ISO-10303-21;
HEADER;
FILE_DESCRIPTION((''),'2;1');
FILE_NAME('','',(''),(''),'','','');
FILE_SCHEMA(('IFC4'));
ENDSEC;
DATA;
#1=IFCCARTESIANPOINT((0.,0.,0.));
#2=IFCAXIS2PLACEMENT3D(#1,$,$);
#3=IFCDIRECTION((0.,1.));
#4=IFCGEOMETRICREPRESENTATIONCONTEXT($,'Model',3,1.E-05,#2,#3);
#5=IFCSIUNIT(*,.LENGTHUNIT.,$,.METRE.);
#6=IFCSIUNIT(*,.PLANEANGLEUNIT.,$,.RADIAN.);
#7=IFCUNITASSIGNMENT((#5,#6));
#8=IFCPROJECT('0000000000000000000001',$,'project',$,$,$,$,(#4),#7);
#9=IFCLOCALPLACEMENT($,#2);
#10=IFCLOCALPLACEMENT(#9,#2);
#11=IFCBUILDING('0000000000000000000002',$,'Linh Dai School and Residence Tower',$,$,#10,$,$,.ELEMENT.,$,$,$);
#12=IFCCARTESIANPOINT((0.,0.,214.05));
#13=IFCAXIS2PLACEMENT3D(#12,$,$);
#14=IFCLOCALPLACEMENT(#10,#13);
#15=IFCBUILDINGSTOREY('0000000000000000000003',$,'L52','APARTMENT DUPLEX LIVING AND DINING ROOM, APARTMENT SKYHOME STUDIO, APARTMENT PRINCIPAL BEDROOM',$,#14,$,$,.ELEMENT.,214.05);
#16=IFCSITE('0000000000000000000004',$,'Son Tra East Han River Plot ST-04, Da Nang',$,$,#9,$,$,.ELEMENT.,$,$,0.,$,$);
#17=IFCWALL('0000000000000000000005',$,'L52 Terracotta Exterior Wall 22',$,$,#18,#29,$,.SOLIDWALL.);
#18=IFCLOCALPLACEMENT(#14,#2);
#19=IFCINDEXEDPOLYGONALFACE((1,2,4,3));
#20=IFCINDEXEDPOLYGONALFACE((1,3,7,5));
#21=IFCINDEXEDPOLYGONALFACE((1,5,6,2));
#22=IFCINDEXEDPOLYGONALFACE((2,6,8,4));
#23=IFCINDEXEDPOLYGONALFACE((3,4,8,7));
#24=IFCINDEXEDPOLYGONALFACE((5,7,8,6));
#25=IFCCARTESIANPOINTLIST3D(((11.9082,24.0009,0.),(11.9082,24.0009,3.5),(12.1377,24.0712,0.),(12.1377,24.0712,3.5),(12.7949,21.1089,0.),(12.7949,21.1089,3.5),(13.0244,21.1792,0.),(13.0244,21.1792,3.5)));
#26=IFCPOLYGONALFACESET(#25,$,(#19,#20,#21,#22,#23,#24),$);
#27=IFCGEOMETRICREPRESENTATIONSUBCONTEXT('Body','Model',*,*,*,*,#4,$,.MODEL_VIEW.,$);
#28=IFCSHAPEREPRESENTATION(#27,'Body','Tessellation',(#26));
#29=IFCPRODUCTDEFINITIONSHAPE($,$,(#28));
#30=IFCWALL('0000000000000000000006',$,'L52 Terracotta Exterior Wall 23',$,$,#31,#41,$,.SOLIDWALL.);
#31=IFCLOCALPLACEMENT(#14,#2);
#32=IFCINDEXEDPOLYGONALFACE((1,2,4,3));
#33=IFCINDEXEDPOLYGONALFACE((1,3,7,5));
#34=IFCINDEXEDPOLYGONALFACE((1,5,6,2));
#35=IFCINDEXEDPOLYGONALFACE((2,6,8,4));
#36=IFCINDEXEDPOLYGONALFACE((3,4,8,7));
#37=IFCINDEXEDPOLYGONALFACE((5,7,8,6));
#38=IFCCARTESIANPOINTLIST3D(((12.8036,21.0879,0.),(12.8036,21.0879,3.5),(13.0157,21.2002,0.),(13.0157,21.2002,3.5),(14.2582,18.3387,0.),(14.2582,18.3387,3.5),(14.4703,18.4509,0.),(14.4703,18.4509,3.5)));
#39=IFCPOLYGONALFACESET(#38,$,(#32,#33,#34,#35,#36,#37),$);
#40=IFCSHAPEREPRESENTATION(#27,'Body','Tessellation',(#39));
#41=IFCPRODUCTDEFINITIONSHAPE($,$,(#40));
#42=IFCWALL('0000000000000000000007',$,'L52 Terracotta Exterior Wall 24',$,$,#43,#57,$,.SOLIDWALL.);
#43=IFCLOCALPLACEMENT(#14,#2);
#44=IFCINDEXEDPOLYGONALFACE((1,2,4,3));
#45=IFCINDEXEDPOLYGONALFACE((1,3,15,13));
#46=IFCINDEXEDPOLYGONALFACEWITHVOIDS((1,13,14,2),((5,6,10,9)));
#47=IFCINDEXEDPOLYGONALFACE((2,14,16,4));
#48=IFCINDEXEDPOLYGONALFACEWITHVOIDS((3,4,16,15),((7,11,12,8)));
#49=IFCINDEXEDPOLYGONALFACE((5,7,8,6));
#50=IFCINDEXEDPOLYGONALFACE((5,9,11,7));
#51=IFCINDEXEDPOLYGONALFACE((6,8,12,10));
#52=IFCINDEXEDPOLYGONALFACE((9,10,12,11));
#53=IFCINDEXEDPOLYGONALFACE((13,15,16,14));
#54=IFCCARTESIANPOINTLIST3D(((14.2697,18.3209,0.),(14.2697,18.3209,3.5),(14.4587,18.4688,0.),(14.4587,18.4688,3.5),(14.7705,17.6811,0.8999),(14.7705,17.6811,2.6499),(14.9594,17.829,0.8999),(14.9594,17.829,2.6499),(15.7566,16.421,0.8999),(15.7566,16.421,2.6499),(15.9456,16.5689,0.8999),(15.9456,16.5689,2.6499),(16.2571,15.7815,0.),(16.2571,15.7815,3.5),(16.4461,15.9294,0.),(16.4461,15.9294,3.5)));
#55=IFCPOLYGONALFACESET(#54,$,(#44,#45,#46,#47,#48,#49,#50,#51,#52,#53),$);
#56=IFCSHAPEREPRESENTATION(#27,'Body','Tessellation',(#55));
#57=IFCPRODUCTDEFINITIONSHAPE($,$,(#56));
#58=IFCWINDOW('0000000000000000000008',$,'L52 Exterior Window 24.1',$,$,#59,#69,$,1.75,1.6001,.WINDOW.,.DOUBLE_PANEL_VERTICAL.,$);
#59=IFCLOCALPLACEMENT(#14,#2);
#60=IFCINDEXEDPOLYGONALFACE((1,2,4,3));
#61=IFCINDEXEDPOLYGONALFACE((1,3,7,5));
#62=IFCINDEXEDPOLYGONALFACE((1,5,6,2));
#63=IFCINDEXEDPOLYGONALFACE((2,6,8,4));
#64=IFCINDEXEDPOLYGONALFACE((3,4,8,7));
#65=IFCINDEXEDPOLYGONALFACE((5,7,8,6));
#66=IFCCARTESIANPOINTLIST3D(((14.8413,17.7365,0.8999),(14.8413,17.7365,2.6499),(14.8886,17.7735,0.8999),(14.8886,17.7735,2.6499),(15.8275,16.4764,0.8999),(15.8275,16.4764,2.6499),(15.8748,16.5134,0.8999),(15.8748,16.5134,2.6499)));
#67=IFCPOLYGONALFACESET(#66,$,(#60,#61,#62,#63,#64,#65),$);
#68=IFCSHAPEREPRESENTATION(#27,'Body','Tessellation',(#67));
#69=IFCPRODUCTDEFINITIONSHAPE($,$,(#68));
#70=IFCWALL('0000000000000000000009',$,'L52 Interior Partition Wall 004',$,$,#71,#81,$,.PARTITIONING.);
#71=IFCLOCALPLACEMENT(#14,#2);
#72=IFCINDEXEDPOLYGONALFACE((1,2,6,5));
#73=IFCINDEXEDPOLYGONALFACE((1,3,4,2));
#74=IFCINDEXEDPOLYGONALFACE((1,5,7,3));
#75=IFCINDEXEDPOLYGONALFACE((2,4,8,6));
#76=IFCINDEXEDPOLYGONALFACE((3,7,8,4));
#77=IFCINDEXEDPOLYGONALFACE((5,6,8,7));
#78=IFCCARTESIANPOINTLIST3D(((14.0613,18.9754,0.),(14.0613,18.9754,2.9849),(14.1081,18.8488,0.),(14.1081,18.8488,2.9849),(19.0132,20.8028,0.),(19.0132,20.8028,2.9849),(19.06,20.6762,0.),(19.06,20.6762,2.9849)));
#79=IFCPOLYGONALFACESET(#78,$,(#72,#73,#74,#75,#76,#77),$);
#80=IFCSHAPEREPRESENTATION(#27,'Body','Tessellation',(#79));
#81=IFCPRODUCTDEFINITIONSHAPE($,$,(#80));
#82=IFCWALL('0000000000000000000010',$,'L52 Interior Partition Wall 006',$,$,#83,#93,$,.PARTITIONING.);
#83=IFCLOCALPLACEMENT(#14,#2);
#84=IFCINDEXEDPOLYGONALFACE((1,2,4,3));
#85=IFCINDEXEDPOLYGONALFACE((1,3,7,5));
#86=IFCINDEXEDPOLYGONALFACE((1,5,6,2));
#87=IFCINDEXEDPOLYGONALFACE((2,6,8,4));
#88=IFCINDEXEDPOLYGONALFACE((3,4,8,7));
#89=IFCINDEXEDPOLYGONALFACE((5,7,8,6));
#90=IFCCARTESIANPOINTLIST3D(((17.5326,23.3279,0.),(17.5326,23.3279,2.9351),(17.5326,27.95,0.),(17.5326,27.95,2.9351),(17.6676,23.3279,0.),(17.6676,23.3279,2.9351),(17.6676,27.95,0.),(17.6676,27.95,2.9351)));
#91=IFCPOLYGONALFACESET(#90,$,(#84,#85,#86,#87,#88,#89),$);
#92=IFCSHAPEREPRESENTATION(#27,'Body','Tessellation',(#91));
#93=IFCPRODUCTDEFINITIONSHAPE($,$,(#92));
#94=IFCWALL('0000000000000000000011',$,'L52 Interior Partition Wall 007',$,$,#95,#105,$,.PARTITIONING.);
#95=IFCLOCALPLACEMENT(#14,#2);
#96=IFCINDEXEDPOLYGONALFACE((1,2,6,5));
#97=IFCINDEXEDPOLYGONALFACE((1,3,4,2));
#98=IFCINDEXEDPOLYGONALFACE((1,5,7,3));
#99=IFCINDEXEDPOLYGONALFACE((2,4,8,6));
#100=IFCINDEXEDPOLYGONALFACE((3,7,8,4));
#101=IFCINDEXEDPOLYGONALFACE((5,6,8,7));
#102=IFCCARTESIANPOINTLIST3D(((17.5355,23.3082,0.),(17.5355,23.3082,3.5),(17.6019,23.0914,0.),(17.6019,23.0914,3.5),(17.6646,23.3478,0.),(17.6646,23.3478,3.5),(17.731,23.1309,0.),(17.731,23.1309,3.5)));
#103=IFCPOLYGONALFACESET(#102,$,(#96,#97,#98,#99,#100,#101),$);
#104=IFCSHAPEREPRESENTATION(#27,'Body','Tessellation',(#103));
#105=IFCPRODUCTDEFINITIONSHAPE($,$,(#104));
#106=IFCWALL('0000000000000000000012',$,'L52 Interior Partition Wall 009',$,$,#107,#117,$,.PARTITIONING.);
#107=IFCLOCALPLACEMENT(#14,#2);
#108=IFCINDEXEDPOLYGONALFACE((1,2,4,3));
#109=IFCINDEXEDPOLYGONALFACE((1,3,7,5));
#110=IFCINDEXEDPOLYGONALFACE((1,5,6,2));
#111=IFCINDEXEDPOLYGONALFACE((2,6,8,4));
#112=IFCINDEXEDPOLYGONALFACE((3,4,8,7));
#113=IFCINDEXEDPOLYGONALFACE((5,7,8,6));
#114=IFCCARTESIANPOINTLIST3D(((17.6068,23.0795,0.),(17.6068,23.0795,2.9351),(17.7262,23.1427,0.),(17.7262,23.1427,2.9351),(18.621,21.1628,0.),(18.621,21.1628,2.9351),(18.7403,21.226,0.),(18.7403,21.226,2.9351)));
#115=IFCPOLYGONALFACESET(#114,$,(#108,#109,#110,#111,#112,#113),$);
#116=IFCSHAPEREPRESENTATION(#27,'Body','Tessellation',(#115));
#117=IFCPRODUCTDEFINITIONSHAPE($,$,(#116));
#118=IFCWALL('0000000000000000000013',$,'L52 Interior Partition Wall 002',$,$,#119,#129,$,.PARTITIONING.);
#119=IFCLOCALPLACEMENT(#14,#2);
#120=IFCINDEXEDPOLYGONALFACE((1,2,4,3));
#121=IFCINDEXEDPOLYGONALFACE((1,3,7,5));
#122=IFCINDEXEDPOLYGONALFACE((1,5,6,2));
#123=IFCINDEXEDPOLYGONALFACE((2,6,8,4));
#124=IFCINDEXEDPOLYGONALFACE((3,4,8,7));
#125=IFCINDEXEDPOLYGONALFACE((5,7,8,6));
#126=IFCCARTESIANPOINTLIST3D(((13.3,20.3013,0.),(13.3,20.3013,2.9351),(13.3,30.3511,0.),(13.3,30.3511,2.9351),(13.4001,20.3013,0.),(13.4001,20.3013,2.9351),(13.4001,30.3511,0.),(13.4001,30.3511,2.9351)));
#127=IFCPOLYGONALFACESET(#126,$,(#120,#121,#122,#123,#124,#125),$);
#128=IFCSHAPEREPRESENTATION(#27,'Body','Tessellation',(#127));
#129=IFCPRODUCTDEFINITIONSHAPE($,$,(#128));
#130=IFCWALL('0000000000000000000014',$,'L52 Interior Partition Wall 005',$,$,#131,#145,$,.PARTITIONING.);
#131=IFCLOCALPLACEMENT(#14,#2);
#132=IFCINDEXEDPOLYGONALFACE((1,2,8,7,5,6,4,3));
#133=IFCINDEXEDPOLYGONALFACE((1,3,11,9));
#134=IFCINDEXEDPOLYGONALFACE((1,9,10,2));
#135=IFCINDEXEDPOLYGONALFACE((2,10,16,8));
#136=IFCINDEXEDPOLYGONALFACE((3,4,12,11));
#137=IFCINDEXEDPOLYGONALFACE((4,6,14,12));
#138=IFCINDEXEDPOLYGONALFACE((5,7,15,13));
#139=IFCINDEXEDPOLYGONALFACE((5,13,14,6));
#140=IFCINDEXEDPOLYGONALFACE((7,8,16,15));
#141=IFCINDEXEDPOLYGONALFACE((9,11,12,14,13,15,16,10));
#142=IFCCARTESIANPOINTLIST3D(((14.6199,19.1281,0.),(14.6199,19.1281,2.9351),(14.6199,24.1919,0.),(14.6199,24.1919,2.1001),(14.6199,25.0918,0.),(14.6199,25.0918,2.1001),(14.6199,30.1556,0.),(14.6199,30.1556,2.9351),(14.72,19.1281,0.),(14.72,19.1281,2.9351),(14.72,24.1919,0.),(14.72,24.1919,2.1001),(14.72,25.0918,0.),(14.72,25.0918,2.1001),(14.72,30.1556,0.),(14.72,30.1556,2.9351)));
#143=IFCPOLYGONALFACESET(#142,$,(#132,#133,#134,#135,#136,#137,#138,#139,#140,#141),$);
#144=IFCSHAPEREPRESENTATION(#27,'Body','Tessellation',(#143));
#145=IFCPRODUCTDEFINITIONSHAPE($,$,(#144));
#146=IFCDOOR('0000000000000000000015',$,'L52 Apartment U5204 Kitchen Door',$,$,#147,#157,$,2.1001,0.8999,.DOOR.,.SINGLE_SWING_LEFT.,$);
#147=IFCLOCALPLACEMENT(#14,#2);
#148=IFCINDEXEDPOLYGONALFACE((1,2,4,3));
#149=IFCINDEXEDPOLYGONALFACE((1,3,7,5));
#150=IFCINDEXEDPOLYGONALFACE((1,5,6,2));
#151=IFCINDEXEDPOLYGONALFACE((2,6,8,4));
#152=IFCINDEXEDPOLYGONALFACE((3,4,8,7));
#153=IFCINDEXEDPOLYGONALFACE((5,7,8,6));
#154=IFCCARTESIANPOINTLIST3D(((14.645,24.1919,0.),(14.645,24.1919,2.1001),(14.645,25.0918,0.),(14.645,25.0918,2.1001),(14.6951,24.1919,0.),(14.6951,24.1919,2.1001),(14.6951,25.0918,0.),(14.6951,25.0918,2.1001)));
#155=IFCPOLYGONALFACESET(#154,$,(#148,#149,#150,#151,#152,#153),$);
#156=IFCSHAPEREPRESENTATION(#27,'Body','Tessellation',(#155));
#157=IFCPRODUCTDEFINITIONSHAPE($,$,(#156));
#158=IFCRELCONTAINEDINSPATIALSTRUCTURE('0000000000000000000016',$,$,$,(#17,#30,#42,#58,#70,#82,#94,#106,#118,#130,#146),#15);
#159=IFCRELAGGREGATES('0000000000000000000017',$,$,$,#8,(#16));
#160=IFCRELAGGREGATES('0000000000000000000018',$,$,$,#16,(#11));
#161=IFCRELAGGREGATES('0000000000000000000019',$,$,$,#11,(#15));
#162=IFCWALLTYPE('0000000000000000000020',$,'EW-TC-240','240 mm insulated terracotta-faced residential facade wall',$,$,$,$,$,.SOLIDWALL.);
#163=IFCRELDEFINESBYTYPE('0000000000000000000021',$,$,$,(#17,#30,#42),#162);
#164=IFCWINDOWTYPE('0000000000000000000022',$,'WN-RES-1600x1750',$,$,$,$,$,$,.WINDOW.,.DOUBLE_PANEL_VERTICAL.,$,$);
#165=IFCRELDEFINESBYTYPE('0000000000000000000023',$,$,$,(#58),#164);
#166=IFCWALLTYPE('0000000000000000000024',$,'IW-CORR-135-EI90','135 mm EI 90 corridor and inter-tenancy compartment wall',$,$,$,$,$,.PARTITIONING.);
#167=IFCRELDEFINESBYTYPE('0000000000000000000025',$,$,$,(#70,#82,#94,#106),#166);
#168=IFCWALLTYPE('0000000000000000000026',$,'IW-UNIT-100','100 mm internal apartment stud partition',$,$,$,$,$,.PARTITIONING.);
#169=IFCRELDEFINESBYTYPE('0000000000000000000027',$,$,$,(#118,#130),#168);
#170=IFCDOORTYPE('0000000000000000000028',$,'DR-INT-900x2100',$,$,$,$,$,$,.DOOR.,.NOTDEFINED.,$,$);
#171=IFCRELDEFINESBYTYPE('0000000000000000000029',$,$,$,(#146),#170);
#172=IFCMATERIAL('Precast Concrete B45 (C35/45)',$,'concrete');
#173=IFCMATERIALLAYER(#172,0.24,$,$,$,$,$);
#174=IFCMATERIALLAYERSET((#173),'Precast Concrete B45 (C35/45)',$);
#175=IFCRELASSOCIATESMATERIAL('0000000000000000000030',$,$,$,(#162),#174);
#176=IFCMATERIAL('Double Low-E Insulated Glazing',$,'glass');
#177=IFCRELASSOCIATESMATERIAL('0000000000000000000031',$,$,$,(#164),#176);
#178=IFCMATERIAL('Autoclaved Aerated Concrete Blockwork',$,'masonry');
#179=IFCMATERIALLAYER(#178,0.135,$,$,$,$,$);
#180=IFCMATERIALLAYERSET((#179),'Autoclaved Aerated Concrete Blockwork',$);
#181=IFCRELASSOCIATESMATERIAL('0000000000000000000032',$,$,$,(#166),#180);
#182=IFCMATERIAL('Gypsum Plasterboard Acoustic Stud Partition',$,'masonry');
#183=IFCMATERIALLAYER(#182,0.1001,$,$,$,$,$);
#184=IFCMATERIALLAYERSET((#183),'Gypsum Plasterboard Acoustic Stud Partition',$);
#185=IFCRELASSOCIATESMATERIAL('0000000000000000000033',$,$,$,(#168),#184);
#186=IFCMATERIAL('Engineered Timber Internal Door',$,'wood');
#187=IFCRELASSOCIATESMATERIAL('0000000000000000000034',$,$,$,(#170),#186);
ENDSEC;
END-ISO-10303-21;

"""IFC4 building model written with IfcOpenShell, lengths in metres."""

from ifc_helpers import new_model, si_unit, direction, frame, frame_2d, origin, origin_2d, place, context, subcontext, project, spatial, rectangle, extrude, source, transform, mapped, material, layer, layer_set, type_object, element, fill, save


model = new_model("IFC4")

# Units and contexts
model_context = context("Model", 3, precision=1e-05, world=origin(), true_north=direction((0.0, 1.0)))
body_context = subcontext(model_context, "Body", "Model", "MODEL_VIEW")
ifc_project = project(units=[si_unit("LENGTHUNIT", "METRE"), si_unit("PLANEANGLEUNIT", "RADIAN")], contexts=[model_context])

# Site, building, storey
site_placement = place(None, origin())
site = spatial("IfcSite", under=ifc_project, at=site_placement, Name="Son Tra East Han River Plot ST-04, Da Nang", CompositionType="ELEMENT", RefElevation=0.0)
building_placement = place(site_placement, origin())
building = spatial("IfcBuilding", under=site, at=building_placement, Name="Linh Dai School and Residence Tower", CompositionType="ELEMENT")
storey_placement = place(building_placement, frame((0.0, 0.0, 214.05)))
storey = spatial("IfcBuildingStorey", under=building, at=storey_placement, Name="L52", Description="APARTMENT DUPLEX LIVING AND DINING ROOM, APARTMENT SKYHOME STUDIO, APARTMENT PRINCIPAL BEDROOM", CompositionType="ELEMENT", Elevation=214.05)

# Shared definitions
ifc_material_1 = material(Name="Precast Concrete B45 (C35/45)", Category="concrete")

# Walls
ifc_layer_1 = layer(ifc_material_1, 0.24)
ifc_layer_set_1 = layer_set([ifc_layer_1], Name="Precast Concrete B45 (C35/45)")
wall_type_1 = type_object("IfcWallType", Name="EW-TC-240", Description="240 mm insulated terracotta-faced residential facade wall", PredefinedType="SOLIDWALL", material=ifc_layer_set_1)
wall_1_placement = place(storey_placement, frame((12.9097, 21.144, 0.0), z_axis=(0.0, 0.0, 1.0), x_axis=(-0.293133, 0.956072, 0.0)))
element("IfcWall", 1, at=wall_1_placement, inside=storey, type_object=wall_type_1, Name="L52 Terracotta Exterior Wall 22", PredefinedType="SOLIDWALL", context=body_context, shape_type="SweptSolid", body=[
    extrude(rectangle(XDim=3.0249, YDim=0.24, at=frame_2d((1.5125, 0.0))), origin(), (0.0, 0.0, 1.0), 3.5),
])
wall_2_placement = place(storey_placement, frame((14.3643, 18.3948, 0.0), z_axis=(0.0, 0.0, 1.0), x_axis=(-0.46766, 0.883908, 0.0)))
element("IfcWall", 2, at=wall_2_placement, inside=storey, type_object=wall_type_1, Name="L52 Terracotta Exterior Wall 23", PredefinedType="SOLIDWALL", context=body_context, shape_type="SweptSolid", body=[
    extrude(rectangle(XDim=3.1104, YDim=0.24, at=frame_2d((1.5552, 0.0))), origin(), (0.0, 0.0, 1.0), 3.5),
])

# Wall, opening, window
wall_3_placement = place(storey_placement, frame((16.3516, 15.8555, 0.0), z_axis=(0.0, 0.0, 1.0), x_axis=(-0.616312, 0.787502, 0.0)))
wall_3 = element("IfcWall", 3, at=wall_3_placement, inside=storey, type_object=wall_type_1, Name="L52 Terracotta Exterior Wall 24", PredefinedType="SOLIDWALL", context=body_context, shape_type="SweptSolid", body=[
    extrude(rectangle(XDim=3.2246, YDim=0.24, at=frame_2d((1.6123, 0.0))), origin(), (0.0, 0.0, 1.0), 3.5),
])
opening_1_placement = place(wall_3_placement, frame((0.812, 0.0, 0.8999)))
opening_1 = element("IfcOpeningElement", 4, at=opening_1_placement, cuts=wall_3, PredefinedType="OPENING", context=body_context, shape_type="SweptSolid", body=[
    extrude(rectangle(XDim=1.6001, YDim=1.75, at=origin_2d()), frame((0.8, 0.1299, 0.875), z_axis=(0.0, -1.0, 0.0), x_axis=(1.0, 0.0, 0.0)), (0.0, 0.0, 1.0), 0.26),
])
ifc_material_2 = material(Name="Double Low-E Insulated Glazing", Category="glass")
window_type = type_object("IfcWindowType", Name="WN-RES-1600x1750", PartitioningType="DOUBLE_PANEL_VERTICAL", PredefinedType="WINDOW", material=ifc_material_2)
shared_shape_1 = source(origin(), body_context, "Body", "SweptSolid", [
    extrude(rectangle(XDim=1.6001, YDim=1.75, at=origin_2d()), frame((0.8, 0.03, 0.875), z_axis=(0.0, -1.0, 0.0), x_axis=(1.0, 0.0, 0.0)), (0.0, 0.0, 1.0), 0.0601),
])
window_placement = place(opening_1_placement, origin())
window = element("IfcWindow", 5, at=window_placement, inside=storey, type_object=window_type, Name="L52 Exterior Window 24.1", OverallHeight=1.75, OverallWidth=1.6001, PartitioningType="DOUBLE_PANEL_VERTICAL", PredefinedType="WINDOW", context=body_context, shape_type="MappedRepresentation", body=[
    mapped(shared_shape_1, transform((0.0, 0.0, 0.0), x_axis=(1.0, 0.0, 0.0), y_axis=(0.0, 1.0, 0.0), z_axis=(0.0, 0.0, 1.0), scale=1.0)),
])
fill(opening_1, window)

# Walls
ifc_material_3 = material(Name="Autoclaved Aerated Concrete Blockwork", Category="masonry")
ifc_layer_2 = layer(ifc_material_3, 0.135)
ifc_layer_set_2 = layer_set([ifc_layer_2], Name="Autoclaved Aerated Concrete Blockwork")
wall_type_2 = type_object("IfcWallType", Name="IW-CORR-135-EI90", Description="135 mm EI 90 corridor and inter-tenancy compartment wall", PredefinedType="PARTITIONING", material=ifc_layer_set_2)
wall_4_placement = place(storey_placement, frame((14.0847, 18.9121, 0.0), z_axis=(0.0, 0.0, 1.0), x_axis=(0.938158, 0.346207, 0.0)))
element("IfcWall", 6, at=wall_4_placement, inside=storey, type_object=wall_type_2, Name="L52 Interior Partition Wall 004", PredefinedType="PARTITIONING", context=body_context, shape_type="SweptSolid", body=[
    extrude(rectangle(XDim=5.2783, YDim=0.135, at=frame_2d((2.6392, 0.0))), origin(), (0.0, 0.0, 1.0), 2.9849),
])
wall_5_placement = place(storey_placement, frame((17.6001, 23.3279, 0.0), z_axis=(0.0, 0.0, 1.0), x_axis=(0.0, 1.0, 0.0)))
element("IfcWall", 7, at=wall_5_placement, inside=storey, type_object=wall_type_2, Name="L52 Interior Partition Wall 006", PredefinedType="PARTITIONING", context=body_context, shape_type="SweptSolid", body=[
    extrude(rectangle(XDim=4.6221, YDim=0.135, at=frame_2d((2.311, 0.0))), origin(), (0.0, 0.0, 1.0), 2.9351),
])
wall_6_placement = place(storey_placement, frame((17.6001, 23.3279, 0.0), z_axis=(0.0, 0.0, 1.0), x_axis=(0.292875, -0.956151, 0.0)))
element("IfcWall", 8, at=wall_6_placement, inside=storey, type_object=wall_type_2, Name="L52 Interior Partition Wall 007", PredefinedType="PARTITIONING", context=body_context, shape_type="SweptSolid", body=[
    extrude(rectangle(XDim=0.2268, YDim=0.135, at=frame_2d((0.1133, 0.0))), origin(), (0.0, 0.0, 1.0), 3.5),
])
wall_7_placement = place(storey_placement, frame((17.6665, 23.1111, 0.0), z_axis=(0.0, 0.0, 1.0), x_axis=(0.467676, -0.8839, 0.0)))
element("IfcWall", 9, at=wall_7_placement, inside=storey, type_object=wall_type_2, Name="L52 Interior Partition Wall 009", PredefinedType="PARTITIONING", context=body_context, shape_type="SweptSolid", body=[
    extrude(rectangle(XDim=2.1685, YDim=0.135, at=frame_2d((1.0842, 0.0))), origin(), (0.0, 0.0, 1.0), 2.9351),
])
ifc_material_4 = material(Name="Gypsum Plasterboard Acoustic Stud Partition", Category="masonry")
ifc_layer_3 = layer(ifc_material_4, 0.1001)
ifc_layer_set_3 = layer_set([ifc_layer_3], Name="Gypsum Plasterboard Acoustic Stud Partition")
wall_type_3 = type_object("IfcWallType", Name="IW-UNIT-100", Description="100 mm internal apartment stud partition", PredefinedType="PARTITIONING", material=ifc_layer_set_3)
wall_8_placement = place(storey_placement, frame((13.3501, 20.3013, 0.0), z_axis=(0.0, 0.0, 1.0), x_axis=(0.0, 1.0, 0.0)))
element("IfcWall", 10, at=wall_8_placement, inside=storey, type_object=wall_type_3, Name="L52 Interior Partition Wall 002", PredefinedType="PARTITIONING", context=body_context, shape_type="SweptSolid", body=[
    extrude(rectangle(XDim=10.0498, YDim=0.1001, at=frame_2d((5.0249, 0.0))), origin(), (0.0, 0.0, 1.0), 2.9351),
])

# Wall, opening, door
wall_9_placement = place(storey_placement, frame((14.6699, 19.1282, 0.0), z_axis=(0.0, 0.0, 1.0), x_axis=(0.0, 1.0, 0.0)))
wall_9 = element("IfcWall", 11, at=wall_9_placement, inside=storey, type_object=wall_type_3, Name="L52 Interior Partition Wall 005", PredefinedType="PARTITIONING", context=body_context, shape_type="SweptSolid", body=[
    extrude(rectangle(XDim=11.0276, YDim=0.1001, at=frame_2d((5.5137, 0.0))), origin(), (0.0, 0.0, 1.0), 2.9351),
])
opening_2_placement = place(wall_9_placement, frame((5.0637, 0.0, 0.0)))
opening_2 = element("IfcOpeningElement", 12, at=opening_2_placement, cuts=wall_9, PredefinedType="OPENING", context=body_context, shape_type="SweptSolid", body=[
    extrude(rectangle(XDim=0.8999, YDim=2.1001, at=origin_2d()), frame((0.45, 0.0601, 1.05), z_axis=(0.0, -1.0, 0.0), x_axis=(1.0, 0.0, 0.0)), (0.0, 0.0, 1.0), 0.1201),
])
ifc_material_5 = material(Name="Engineered Timber Internal Door", Category="wood")
door_type = type_object("IfcDoorType", Name="DR-INT-900x2100", OperationType="NOTDEFINED", PredefinedType="DOOR", material=ifc_material_5)
shared_shape_2 = source(origin(), body_context, "Body", "SweptSolid", [
    extrude(rectangle(XDim=0.8999, YDim=2.1001, at=origin_2d()), frame((0.45, 0.0249, 1.05), z_axis=(0.0, -1.0, 0.0), x_axis=(1.0, 0.0, 0.0)), (0.0, 0.0, 1.0), 0.05),
])
door_placement = place(opening_2_placement, origin())
door = element("IfcDoor", 13, at=door_placement, inside=storey, type_object=door_type, Name="L52 Apartment U5204 Kitchen Door", OperationType="SINGLE_SWING_LEFT", OverallHeight=2.1001, OverallWidth=0.8999, PredefinedType="DOOR", context=body_context, shape_type="MappedRepresentation", body=[
    mapped(shared_shape_2, transform((0.0, 0.0, 0.0), x_axis=(1.0, 0.0, 0.0), y_axis=(0.0, 1.0, 0.0), z_axis=(0.0, 0.0, 1.0), scale=1.0)),
])
fill(opening_2, door)

save(model, "model.ifc")
